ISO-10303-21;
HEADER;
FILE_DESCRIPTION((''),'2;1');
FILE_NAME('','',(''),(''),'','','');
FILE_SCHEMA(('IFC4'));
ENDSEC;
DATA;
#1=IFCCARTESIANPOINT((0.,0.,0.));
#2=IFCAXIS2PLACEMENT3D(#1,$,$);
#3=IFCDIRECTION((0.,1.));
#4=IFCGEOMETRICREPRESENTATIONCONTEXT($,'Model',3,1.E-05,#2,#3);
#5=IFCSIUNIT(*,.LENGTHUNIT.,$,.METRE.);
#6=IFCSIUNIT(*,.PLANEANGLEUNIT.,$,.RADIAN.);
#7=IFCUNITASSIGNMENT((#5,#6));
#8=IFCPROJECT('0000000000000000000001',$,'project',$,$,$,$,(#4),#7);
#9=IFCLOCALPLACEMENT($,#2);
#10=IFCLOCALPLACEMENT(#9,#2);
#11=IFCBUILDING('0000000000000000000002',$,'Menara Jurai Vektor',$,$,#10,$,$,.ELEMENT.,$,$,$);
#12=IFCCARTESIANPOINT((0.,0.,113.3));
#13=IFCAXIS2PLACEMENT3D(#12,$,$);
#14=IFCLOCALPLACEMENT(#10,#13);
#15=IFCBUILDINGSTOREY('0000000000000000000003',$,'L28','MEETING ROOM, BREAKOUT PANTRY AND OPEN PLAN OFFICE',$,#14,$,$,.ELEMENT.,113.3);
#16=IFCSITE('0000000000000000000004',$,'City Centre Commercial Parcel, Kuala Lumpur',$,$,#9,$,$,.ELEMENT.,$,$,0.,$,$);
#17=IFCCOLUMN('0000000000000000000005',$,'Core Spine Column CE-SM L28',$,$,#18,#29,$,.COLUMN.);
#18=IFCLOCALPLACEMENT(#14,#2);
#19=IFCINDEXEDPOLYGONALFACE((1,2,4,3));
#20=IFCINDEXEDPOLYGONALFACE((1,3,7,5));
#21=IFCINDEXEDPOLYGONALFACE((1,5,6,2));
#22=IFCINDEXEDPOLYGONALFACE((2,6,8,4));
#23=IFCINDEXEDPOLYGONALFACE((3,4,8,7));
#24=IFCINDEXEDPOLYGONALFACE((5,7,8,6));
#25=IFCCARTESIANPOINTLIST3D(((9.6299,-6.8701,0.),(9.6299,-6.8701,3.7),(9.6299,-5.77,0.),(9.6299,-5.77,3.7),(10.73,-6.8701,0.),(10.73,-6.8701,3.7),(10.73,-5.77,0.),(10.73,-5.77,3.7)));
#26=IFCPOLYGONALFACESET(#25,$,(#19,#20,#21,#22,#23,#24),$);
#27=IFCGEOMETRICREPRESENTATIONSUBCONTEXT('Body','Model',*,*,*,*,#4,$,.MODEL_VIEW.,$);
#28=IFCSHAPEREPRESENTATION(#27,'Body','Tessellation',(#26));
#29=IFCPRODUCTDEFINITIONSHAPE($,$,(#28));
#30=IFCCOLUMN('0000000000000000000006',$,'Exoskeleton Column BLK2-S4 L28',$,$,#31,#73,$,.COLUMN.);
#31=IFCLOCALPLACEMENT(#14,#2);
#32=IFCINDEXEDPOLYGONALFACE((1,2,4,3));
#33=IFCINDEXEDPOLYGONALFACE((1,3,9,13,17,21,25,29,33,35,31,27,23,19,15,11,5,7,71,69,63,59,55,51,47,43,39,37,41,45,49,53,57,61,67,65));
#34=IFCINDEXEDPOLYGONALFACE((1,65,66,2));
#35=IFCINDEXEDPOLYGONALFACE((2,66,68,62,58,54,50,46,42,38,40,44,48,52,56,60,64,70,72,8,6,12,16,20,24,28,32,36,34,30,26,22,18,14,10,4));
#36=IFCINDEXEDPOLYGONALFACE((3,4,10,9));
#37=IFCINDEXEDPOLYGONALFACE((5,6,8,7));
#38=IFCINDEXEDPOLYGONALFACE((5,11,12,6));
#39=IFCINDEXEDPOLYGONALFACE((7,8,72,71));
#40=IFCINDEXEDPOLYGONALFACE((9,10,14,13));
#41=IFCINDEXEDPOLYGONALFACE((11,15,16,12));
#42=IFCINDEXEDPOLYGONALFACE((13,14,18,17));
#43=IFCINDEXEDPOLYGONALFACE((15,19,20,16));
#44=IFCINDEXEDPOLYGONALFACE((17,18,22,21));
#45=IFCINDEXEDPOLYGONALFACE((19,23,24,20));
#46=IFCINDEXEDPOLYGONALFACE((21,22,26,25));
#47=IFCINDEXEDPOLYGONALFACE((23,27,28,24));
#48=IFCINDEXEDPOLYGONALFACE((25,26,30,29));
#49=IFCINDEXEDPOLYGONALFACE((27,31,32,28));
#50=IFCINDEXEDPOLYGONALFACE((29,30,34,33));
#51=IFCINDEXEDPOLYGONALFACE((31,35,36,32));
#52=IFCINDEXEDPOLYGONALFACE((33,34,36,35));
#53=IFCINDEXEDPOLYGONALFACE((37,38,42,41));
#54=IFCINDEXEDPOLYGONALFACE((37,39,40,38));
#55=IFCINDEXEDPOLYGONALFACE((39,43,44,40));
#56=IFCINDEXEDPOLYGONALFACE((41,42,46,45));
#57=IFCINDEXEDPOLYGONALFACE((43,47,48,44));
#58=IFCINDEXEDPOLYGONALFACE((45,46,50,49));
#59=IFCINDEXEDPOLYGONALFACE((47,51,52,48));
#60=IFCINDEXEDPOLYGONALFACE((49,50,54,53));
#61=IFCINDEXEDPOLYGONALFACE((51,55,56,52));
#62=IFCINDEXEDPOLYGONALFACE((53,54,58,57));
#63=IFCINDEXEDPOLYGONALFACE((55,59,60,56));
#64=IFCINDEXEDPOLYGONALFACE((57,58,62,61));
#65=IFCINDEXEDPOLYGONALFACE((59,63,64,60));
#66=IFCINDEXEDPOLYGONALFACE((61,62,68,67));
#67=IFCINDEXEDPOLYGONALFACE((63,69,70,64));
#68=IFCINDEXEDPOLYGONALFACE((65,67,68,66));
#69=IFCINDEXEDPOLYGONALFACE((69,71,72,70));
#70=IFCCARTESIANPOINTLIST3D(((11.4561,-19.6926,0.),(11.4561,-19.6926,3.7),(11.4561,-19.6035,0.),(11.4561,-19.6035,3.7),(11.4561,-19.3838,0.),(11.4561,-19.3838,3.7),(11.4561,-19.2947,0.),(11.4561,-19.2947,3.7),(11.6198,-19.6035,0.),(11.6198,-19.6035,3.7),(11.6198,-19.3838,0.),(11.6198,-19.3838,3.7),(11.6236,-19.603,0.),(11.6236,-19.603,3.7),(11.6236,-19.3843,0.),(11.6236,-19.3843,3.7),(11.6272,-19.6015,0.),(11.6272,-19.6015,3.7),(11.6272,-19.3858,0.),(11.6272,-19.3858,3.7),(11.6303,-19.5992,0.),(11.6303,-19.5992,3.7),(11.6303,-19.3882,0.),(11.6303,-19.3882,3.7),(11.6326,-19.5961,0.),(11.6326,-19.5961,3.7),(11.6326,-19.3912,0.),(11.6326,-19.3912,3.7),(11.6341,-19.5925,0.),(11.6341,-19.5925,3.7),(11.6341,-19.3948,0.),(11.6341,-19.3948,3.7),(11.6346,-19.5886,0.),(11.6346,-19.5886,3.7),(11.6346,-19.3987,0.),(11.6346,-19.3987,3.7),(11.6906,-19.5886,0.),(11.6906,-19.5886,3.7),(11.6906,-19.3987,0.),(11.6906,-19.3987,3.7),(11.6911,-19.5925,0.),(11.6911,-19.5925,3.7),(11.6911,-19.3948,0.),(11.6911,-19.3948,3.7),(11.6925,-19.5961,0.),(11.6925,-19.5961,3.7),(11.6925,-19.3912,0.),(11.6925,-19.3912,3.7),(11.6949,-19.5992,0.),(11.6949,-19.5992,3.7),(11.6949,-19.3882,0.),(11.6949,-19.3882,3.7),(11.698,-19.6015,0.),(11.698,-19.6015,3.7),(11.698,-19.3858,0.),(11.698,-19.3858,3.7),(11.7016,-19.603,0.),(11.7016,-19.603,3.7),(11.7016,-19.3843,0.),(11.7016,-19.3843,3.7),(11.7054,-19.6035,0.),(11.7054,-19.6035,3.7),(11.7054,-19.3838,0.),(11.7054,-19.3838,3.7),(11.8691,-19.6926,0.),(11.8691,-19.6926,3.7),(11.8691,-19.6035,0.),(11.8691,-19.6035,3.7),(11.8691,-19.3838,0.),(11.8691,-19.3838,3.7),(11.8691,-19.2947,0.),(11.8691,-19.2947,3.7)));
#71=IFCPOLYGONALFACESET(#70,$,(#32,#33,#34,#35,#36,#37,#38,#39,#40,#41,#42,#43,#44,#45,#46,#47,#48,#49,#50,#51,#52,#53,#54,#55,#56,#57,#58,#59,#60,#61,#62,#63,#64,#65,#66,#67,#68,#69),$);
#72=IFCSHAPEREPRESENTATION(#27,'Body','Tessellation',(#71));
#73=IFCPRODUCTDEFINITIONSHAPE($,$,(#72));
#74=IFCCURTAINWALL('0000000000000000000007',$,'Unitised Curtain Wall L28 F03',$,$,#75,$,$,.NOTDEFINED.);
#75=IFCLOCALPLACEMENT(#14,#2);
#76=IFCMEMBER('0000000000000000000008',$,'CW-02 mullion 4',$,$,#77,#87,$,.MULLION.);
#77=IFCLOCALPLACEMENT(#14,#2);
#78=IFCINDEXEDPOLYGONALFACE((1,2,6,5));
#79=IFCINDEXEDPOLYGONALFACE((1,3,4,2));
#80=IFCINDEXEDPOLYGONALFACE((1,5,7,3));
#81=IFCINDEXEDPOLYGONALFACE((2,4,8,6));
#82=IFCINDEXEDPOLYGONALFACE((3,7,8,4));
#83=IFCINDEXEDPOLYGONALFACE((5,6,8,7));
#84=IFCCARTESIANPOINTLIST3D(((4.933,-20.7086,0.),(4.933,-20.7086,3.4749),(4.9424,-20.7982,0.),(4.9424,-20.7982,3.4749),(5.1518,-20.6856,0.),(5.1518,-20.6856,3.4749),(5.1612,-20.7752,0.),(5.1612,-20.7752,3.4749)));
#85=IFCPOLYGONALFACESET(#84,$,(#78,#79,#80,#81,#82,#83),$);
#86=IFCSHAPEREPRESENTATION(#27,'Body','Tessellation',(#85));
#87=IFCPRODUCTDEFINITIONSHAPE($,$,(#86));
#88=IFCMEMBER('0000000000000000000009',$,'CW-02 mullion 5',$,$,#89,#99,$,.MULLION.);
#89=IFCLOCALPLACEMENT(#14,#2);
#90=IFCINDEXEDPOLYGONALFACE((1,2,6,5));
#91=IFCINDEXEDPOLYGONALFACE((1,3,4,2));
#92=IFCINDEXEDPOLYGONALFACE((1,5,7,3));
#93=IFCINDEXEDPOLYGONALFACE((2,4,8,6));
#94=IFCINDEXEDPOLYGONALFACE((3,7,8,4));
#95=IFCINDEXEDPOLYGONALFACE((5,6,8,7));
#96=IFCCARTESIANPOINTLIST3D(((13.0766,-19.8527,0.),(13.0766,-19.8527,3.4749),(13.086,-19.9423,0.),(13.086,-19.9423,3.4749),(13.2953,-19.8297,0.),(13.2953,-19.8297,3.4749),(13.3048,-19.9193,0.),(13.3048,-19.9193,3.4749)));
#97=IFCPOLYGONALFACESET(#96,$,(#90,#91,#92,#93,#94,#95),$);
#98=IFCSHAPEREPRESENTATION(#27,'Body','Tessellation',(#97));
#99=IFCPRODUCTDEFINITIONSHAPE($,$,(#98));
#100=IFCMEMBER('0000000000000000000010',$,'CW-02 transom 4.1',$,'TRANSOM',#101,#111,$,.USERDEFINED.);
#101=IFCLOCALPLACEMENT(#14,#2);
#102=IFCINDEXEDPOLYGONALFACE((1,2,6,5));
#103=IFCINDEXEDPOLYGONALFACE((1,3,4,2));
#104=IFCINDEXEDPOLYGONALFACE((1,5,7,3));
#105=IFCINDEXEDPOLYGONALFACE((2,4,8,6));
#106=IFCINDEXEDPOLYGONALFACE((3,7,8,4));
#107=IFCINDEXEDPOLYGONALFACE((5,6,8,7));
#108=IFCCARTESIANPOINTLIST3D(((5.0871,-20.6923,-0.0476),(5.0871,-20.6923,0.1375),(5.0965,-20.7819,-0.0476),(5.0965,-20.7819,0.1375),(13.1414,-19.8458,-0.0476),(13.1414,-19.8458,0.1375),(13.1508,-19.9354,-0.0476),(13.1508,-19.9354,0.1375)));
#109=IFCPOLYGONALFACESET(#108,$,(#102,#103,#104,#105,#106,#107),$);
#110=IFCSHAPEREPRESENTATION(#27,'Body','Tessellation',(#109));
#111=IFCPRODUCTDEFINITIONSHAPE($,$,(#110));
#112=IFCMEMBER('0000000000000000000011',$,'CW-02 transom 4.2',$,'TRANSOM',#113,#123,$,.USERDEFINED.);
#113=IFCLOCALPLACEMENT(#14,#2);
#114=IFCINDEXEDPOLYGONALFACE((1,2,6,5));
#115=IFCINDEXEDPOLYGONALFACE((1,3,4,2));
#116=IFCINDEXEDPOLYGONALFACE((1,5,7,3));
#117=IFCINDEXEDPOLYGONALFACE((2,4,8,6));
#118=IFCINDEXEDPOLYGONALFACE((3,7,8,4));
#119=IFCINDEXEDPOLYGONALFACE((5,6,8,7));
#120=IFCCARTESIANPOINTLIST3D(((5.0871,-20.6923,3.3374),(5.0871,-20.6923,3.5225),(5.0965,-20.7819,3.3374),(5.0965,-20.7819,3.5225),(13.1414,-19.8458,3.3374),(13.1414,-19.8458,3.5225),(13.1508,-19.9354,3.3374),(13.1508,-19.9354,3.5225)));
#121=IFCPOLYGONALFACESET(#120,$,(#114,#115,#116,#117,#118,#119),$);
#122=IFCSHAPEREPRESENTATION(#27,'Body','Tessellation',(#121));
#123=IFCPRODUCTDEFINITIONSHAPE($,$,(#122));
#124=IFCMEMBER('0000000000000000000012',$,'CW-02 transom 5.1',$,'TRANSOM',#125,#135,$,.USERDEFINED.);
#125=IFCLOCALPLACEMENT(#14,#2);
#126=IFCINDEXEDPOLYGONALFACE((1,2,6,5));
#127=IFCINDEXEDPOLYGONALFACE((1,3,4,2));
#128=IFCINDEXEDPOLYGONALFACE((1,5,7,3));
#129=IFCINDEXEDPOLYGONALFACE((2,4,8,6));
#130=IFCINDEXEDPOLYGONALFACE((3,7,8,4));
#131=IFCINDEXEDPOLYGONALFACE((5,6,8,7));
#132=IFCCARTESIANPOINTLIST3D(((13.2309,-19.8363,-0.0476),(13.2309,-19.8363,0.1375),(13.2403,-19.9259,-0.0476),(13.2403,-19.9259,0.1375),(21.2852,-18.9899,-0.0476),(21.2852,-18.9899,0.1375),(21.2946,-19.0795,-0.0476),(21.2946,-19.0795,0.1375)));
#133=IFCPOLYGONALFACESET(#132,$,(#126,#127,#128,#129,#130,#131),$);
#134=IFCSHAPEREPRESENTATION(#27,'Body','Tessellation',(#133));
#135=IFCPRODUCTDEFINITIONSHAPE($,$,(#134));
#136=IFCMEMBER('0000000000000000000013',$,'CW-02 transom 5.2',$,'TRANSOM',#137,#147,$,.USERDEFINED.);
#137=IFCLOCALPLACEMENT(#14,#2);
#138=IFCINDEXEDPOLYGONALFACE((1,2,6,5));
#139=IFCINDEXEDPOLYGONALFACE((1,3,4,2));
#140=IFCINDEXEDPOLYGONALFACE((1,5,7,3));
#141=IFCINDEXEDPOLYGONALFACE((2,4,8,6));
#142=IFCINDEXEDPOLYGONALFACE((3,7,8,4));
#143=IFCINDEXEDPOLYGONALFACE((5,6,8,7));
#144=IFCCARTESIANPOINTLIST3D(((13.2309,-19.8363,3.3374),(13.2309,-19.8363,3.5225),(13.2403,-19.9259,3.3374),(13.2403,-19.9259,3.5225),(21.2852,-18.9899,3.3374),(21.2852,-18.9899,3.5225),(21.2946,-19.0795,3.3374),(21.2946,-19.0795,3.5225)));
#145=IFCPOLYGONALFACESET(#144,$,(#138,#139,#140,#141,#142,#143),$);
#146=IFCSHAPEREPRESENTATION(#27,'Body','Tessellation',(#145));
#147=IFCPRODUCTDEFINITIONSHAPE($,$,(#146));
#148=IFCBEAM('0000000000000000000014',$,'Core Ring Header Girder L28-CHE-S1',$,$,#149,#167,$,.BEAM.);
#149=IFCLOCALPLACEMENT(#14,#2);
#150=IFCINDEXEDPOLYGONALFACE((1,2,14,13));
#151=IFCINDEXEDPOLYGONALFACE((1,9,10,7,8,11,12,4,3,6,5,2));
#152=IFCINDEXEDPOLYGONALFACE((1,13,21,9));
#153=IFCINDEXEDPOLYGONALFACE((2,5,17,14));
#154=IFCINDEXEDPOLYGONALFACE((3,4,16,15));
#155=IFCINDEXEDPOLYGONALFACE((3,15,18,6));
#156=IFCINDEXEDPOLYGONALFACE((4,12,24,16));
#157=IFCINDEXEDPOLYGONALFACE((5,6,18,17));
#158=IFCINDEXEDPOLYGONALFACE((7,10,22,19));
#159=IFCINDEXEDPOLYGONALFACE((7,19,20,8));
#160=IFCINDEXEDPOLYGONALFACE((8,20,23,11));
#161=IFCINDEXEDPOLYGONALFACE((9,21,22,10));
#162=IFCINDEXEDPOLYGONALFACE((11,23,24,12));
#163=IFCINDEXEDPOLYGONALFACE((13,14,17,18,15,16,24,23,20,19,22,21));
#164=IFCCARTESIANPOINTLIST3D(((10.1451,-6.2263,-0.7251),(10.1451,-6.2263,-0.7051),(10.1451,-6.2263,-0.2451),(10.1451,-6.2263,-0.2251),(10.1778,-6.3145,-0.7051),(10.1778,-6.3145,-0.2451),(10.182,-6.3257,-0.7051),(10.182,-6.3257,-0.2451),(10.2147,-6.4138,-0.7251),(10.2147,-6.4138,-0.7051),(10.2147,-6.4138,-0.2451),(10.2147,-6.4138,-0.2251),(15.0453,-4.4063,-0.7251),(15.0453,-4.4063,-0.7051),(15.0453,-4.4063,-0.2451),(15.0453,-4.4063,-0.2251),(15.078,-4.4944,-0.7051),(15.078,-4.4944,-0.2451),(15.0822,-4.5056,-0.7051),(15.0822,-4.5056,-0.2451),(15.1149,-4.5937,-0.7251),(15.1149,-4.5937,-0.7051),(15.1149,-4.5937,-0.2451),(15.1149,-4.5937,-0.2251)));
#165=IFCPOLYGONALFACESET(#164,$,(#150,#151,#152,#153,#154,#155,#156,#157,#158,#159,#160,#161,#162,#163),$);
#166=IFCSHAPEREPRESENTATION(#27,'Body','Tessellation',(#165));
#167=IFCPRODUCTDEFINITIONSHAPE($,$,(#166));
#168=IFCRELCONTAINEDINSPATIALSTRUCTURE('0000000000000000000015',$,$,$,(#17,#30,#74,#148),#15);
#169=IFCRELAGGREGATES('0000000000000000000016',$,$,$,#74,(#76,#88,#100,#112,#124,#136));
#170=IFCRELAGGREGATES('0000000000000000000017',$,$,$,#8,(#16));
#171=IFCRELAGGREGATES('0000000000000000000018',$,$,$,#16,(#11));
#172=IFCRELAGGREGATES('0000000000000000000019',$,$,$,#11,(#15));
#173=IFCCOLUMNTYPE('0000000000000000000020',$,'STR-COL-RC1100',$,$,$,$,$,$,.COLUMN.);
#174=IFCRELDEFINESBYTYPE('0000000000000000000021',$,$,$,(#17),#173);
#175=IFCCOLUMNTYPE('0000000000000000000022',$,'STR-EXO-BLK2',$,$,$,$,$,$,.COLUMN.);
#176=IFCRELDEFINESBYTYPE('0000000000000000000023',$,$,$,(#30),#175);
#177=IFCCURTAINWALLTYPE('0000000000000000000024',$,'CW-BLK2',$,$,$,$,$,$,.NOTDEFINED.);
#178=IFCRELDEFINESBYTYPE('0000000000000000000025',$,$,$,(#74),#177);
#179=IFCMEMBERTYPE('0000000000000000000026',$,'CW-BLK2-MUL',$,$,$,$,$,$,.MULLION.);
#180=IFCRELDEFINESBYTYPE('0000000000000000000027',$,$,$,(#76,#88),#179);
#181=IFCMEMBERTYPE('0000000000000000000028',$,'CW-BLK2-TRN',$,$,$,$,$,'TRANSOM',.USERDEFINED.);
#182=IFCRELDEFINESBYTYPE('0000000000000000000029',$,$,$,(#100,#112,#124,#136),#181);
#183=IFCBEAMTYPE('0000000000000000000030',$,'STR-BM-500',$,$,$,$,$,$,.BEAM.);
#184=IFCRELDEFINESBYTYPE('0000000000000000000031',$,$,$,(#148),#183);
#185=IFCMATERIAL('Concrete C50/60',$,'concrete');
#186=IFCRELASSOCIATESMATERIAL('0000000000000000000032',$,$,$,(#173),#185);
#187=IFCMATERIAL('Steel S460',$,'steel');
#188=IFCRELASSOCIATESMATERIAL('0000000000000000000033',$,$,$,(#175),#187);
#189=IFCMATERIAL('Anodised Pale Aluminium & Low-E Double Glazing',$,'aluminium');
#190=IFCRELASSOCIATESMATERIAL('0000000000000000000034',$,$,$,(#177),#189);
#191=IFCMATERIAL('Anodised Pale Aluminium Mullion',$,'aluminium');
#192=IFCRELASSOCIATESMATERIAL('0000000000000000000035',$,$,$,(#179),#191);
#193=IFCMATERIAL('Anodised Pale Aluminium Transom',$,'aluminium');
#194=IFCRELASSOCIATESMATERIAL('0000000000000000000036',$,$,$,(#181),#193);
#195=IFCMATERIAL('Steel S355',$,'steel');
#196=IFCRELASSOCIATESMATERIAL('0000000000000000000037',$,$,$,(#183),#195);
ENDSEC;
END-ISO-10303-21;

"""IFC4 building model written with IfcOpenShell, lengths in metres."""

from ifc_helpers import new_model, si_unit, direction, frame, origin, origin_2d, place, context, subcontext, project, spatial, rectangle, i_section, extrude, material, material_profile, profile_set, type_object, element, aggregate, save


model = new_model("IFC4")

# Units and contexts
model_context = context("Model", 3, precision=1e-05, world=origin(), true_north=direction((0.0, 1.0)))
body_context = subcontext(model_context, "Body", "Model", "MODEL_VIEW")
ifc_project = project(units=[si_unit("LENGTHUNIT", "METRE"), si_unit("PLANEANGLEUNIT", "RADIAN")], contexts=[model_context])

# Site, building, storey
site_placement = place(None, origin())
site = spatial("IfcSite", under=ifc_project, at=site_placement, Name="City Centre Commercial Parcel, Kuala Lumpur", CompositionType="ELEMENT", RefElevation=0.0)
building_placement = place(site_placement, origin())
building = spatial("IfcBuilding", under=site, at=building_placement, Name="Menara Jurai Vektor", CompositionType="ELEMENT")
storey_placement = place(building_placement, frame((0.0, 0.0, 113.3)))
storey = spatial("IfcBuildingStorey", under=building, at=storey_placement, Name="L28", Description="MEETING ROOM, BREAKOUT PANTRY AND OPEN PLAN OFFICE", CompositionType="ELEMENT", Elevation=113.3)

# Columns
ifc_material_1 = material(Name="Concrete C50/60", Category="concrete")
ifc_material_profile_1 = material_profile(ifc_material_1, rectangle(XDim=1.1001, YDim=1.1001, at=origin_2d()), Name="RC 1100x1100")
ifc_profile_set_1 = profile_set([ifc_material_profile_1], Name="Concrete C50/60")
column_type_1 = type_object("IfcColumnType", Name="STR-COL-RC1100", PredefinedType="COLUMN", material=ifc_profile_set_1)
column_1_placement = place(storey_placement, frame((10.1799, -6.3201, 0.0), z_axis=(0.0, 0.0, 1.0), x_axis=(1.0, 0.0, 0.0)))
element("IfcColumn", 1, at=column_1_placement, inside=storey, type_object=column_type_1, Name="Core Spine Column CE-SM L28", PredefinedType="COLUMN", context=body_context, shape_type="SweptSolid", body=[
    extrude(rectangle(XDim=1.1001, YDim=1.1001, at=origin_2d()), origin(), (0.0, 0.0, 1.0), 3.7),
])
ifc_material_2 = material(Name="Steel S460", Category="steel")
ifc_material_profile_2 = material_profile(ifc_material_2, i_section(OverallWidth=0.4131, OverallDepth=0.3979, WebThickness=0.0559, FlangeThickness=0.0891, FilletRadius=0.0149, at=origin_2d()), Name="HD 400x744")
ifc_profile_set_2 = profile_set([ifc_material_profile_2], Name="Steel S460")
column_type_2 = type_object("IfcColumnType", Name="STR-EXO-BLK2", PredefinedType="COLUMN", material=ifc_profile_set_2)
column_2_placement = place(storey_placement, frame((11.6626, -19.4937, 0.0), z_axis=(0.0, 0.0, 1.0), x_axis=(1.0, 0.0, 0.0)))
element("IfcColumn", 2, at=column_2_placement, inside=storey, type_object=column_type_2, Name="Exoskeleton Column BLK2-S4 L28", PredefinedType="COLUMN", context=body_context, shape_type="SweptSolid", body=[
    extrude(i_section(OverallWidth=0.4131, OverallDepth=0.3979, WebThickness=0.0559, FlangeThickness=0.0891, FilletRadius=0.0149, at=origin_2d()), origin(), (0.0, 0.0, 1.0), 3.7),
])

# Curtain wall, members
ifc_material_3 = material(Name="Anodised Pale Aluminium & Low-E Double Glazing", Category="aluminium")
curtain_wall_type = type_object("IfcCurtainWallType", Name="CW-BLK2", PredefinedType="NOTDEFINED", material=ifc_material_3)
curtain_wall_placement = place(storey_placement, origin())
curtain_wall = element("IfcCurtainWall", 3, at=curtain_wall_placement, inside=storey, type_object=curtain_wall_type, Name="Unitised Curtain Wall L28 F03", PredefinedType="NOTDEFINED")
ifc_material_4 = material(Name="Anodised Pale Aluminium Mullion", Category="aluminium")
ifc_material_profile_3 = material_profile(ifc_material_4, rectangle(XDim=0.0901, YDim=0.22, at=origin_2d()), Name="ALU MUL 90x220")
ifc_profile_set_3 = profile_set([ifc_material_profile_3], Name="Anodised Pale Aluminium Mullion")
member_type_1 = type_object("IfcMemberType", Name="CW-BLK2-MUL", PredefinedType="MULLION", material=ifc_profile_set_3)
member_1_placement = place(storey_placement, frame((5.0471, -20.7419, 0.0), z_axis=(0.0, 0.0, 1.0), x_axis=(-0.104529, 0.994522, 0.0)))
member_1 = element("IfcMember", 4, at=member_1_placement, type_object=member_type_1, Name="CW-02 mullion 4", PredefinedType="MULLION", context=body_context, shape_type="SweptSolid", body=[
    extrude(rectangle(XDim=0.0901, YDim=0.22, at=origin_2d()), origin(), (0.0, 0.0, 1.0), 3.4749),
])
member_2_placement = place(storey_placement, frame((13.1907, -19.886, 0.0), z_axis=(0.0, 0.0, 1.0), x_axis=(-0.104529, 0.994522, 0.0)))
member_2 = element("IfcMember", 5, at=member_2_placement, type_object=member_type_1, Name="CW-02 mullion 5", PredefinedType="MULLION", context=body_context, shape_type="SweptSolid", body=[
    extrude(rectangle(XDim=0.0901, YDim=0.22, at=origin_2d()), origin(), (0.0, 0.0, 1.0), 3.4749),
])
ifc_material_5 = material(Name="Anodised Pale Aluminium Transom", Category="aluminium")
ifc_material_profile_4 = material_profile(ifc_material_5, rectangle(XDim=0.0901, YDim=0.1851, at=origin_2d()), Name="ALU TRN 90x185")
ifc_profile_set_4 = profile_set([ifc_material_profile_4], Name="Anodised Pale Aluminium Transom")
member_type_2 = type_object("IfcMemberType", Name="CW-BLK2-TRN", ElementType="TRANSOM", PredefinedType="USERDEFINED", material=ifc_profile_set_4)
member_3_placement = place(storey_placement, frame((5.0918, -20.7371, 0.0449), z_axis=(0.994523, 0.104517, 0.0), x_axis=(-0.104517, 0.994523, 0.0)))
member_3 = element("IfcMember", 6, at=member_3_placement, type_object=member_type_2, Name="CW-02 transom 4.1", ObjectType="TRANSOM", PredefinedType="USERDEFINED", context=body_context, shape_type="SweptSolid", body=[
    extrude(rectangle(XDim=0.0901, YDim=0.1851, at=origin_2d()), origin(), (0.0, 0.0, 1.0), 8.0986),
])
member_4_placement = place(storey_placement, frame((5.0918, -20.7371, 3.4299), z_axis=(0.994523, 0.104517, 0.0), x_axis=(-0.104517, 0.994523, 0.0)))
member_4 = element("IfcMember", 7, at=member_4_placement, type_object=member_type_2, Name="CW-02 transom 4.2", ObjectType="TRANSOM", PredefinedType="USERDEFINED", context=body_context, shape_type="SweptSolid", body=[
    extrude(rectangle(XDim=0.0901, YDim=0.1851, at=origin_2d()), origin(), (0.0, 0.0, 1.0), 8.0986),
])
member_5_placement = place(storey_placement, frame((13.2356, -19.8811, 0.0449), z_axis=(0.994523, 0.104517, 0.0), x_axis=(-0.104517, 0.994523, 0.0)))
member_5 = element("IfcMember", 8, at=member_5_placement, type_object=member_type_2, Name="CW-02 transom 5.1", ObjectType="TRANSOM", PredefinedType="USERDEFINED", context=body_context, shape_type="SweptSolid", body=[
    extrude(rectangle(XDim=0.0901, YDim=0.1851, at=origin_2d()), origin(), (0.0, 0.0, 1.0), 8.0986),
])
member_6_placement = place(storey_placement, frame((13.2356, -19.8811, 3.4299), z_axis=(0.994523, 0.104517, 0.0), x_axis=(-0.104517, 0.994523, 0.0)))
member_6 = element("IfcMember", 9, at=member_6_placement, type_object=member_type_2, Name="CW-02 transom 5.2", ObjectType="TRANSOM", PredefinedType="USERDEFINED", context=body_context, shape_type="SweptSolid", body=[
    extrude(rectangle(XDim=0.0901, YDim=0.1851, at=origin_2d()), origin(), (0.0, 0.0, 1.0), 8.0986),
])

# Beam
ifc_material_6 = material(Name="Steel S355", Category="steel")
ifc_material_profile_5 = material_profile(ifc_material_6, i_section(OverallWidth=0.2, OverallDepth=0.5, WebThickness=0.012, FlangeThickness=0.02, at=origin_2d()), Name="PG 500x200x96")
ifc_profile_set_5 = profile_set([ifc_material_profile_5], Name="Steel S355")
beam_type_1 = type_object("IfcBeamType", Name="STR-BM-500", PredefinedType="BEAM", material=ifc_profile_set_5)
beam_1_placement = place(storey_placement, frame((10.1799, -6.3201, -0.4751), z_axis=(0.937424, 0.348189, 0.0), x_axis=(-0.348189, 0.937424, 0.0)))
element("IfcBeam", 10, at=beam_1_placement, inside=storey, type_object=beam_type_1, Name="Core Ring Header Girder L28-CHE-S1", PredefinedType="BEAM", context=body_context, shape_type="SweptSolid", body=[
    extrude(i_section(OverallWidth=0.2, OverallDepth=0.5, WebThickness=0.012, FlangeThickness=0.02, at=origin_2d()), origin(), (0.0, 0.0, 1.0), 5.2273),
])

aggregate(curtain_wall, [member_1, member_2, member_3, member_4, member_5, member_6])

save(model, "model.ifc")
